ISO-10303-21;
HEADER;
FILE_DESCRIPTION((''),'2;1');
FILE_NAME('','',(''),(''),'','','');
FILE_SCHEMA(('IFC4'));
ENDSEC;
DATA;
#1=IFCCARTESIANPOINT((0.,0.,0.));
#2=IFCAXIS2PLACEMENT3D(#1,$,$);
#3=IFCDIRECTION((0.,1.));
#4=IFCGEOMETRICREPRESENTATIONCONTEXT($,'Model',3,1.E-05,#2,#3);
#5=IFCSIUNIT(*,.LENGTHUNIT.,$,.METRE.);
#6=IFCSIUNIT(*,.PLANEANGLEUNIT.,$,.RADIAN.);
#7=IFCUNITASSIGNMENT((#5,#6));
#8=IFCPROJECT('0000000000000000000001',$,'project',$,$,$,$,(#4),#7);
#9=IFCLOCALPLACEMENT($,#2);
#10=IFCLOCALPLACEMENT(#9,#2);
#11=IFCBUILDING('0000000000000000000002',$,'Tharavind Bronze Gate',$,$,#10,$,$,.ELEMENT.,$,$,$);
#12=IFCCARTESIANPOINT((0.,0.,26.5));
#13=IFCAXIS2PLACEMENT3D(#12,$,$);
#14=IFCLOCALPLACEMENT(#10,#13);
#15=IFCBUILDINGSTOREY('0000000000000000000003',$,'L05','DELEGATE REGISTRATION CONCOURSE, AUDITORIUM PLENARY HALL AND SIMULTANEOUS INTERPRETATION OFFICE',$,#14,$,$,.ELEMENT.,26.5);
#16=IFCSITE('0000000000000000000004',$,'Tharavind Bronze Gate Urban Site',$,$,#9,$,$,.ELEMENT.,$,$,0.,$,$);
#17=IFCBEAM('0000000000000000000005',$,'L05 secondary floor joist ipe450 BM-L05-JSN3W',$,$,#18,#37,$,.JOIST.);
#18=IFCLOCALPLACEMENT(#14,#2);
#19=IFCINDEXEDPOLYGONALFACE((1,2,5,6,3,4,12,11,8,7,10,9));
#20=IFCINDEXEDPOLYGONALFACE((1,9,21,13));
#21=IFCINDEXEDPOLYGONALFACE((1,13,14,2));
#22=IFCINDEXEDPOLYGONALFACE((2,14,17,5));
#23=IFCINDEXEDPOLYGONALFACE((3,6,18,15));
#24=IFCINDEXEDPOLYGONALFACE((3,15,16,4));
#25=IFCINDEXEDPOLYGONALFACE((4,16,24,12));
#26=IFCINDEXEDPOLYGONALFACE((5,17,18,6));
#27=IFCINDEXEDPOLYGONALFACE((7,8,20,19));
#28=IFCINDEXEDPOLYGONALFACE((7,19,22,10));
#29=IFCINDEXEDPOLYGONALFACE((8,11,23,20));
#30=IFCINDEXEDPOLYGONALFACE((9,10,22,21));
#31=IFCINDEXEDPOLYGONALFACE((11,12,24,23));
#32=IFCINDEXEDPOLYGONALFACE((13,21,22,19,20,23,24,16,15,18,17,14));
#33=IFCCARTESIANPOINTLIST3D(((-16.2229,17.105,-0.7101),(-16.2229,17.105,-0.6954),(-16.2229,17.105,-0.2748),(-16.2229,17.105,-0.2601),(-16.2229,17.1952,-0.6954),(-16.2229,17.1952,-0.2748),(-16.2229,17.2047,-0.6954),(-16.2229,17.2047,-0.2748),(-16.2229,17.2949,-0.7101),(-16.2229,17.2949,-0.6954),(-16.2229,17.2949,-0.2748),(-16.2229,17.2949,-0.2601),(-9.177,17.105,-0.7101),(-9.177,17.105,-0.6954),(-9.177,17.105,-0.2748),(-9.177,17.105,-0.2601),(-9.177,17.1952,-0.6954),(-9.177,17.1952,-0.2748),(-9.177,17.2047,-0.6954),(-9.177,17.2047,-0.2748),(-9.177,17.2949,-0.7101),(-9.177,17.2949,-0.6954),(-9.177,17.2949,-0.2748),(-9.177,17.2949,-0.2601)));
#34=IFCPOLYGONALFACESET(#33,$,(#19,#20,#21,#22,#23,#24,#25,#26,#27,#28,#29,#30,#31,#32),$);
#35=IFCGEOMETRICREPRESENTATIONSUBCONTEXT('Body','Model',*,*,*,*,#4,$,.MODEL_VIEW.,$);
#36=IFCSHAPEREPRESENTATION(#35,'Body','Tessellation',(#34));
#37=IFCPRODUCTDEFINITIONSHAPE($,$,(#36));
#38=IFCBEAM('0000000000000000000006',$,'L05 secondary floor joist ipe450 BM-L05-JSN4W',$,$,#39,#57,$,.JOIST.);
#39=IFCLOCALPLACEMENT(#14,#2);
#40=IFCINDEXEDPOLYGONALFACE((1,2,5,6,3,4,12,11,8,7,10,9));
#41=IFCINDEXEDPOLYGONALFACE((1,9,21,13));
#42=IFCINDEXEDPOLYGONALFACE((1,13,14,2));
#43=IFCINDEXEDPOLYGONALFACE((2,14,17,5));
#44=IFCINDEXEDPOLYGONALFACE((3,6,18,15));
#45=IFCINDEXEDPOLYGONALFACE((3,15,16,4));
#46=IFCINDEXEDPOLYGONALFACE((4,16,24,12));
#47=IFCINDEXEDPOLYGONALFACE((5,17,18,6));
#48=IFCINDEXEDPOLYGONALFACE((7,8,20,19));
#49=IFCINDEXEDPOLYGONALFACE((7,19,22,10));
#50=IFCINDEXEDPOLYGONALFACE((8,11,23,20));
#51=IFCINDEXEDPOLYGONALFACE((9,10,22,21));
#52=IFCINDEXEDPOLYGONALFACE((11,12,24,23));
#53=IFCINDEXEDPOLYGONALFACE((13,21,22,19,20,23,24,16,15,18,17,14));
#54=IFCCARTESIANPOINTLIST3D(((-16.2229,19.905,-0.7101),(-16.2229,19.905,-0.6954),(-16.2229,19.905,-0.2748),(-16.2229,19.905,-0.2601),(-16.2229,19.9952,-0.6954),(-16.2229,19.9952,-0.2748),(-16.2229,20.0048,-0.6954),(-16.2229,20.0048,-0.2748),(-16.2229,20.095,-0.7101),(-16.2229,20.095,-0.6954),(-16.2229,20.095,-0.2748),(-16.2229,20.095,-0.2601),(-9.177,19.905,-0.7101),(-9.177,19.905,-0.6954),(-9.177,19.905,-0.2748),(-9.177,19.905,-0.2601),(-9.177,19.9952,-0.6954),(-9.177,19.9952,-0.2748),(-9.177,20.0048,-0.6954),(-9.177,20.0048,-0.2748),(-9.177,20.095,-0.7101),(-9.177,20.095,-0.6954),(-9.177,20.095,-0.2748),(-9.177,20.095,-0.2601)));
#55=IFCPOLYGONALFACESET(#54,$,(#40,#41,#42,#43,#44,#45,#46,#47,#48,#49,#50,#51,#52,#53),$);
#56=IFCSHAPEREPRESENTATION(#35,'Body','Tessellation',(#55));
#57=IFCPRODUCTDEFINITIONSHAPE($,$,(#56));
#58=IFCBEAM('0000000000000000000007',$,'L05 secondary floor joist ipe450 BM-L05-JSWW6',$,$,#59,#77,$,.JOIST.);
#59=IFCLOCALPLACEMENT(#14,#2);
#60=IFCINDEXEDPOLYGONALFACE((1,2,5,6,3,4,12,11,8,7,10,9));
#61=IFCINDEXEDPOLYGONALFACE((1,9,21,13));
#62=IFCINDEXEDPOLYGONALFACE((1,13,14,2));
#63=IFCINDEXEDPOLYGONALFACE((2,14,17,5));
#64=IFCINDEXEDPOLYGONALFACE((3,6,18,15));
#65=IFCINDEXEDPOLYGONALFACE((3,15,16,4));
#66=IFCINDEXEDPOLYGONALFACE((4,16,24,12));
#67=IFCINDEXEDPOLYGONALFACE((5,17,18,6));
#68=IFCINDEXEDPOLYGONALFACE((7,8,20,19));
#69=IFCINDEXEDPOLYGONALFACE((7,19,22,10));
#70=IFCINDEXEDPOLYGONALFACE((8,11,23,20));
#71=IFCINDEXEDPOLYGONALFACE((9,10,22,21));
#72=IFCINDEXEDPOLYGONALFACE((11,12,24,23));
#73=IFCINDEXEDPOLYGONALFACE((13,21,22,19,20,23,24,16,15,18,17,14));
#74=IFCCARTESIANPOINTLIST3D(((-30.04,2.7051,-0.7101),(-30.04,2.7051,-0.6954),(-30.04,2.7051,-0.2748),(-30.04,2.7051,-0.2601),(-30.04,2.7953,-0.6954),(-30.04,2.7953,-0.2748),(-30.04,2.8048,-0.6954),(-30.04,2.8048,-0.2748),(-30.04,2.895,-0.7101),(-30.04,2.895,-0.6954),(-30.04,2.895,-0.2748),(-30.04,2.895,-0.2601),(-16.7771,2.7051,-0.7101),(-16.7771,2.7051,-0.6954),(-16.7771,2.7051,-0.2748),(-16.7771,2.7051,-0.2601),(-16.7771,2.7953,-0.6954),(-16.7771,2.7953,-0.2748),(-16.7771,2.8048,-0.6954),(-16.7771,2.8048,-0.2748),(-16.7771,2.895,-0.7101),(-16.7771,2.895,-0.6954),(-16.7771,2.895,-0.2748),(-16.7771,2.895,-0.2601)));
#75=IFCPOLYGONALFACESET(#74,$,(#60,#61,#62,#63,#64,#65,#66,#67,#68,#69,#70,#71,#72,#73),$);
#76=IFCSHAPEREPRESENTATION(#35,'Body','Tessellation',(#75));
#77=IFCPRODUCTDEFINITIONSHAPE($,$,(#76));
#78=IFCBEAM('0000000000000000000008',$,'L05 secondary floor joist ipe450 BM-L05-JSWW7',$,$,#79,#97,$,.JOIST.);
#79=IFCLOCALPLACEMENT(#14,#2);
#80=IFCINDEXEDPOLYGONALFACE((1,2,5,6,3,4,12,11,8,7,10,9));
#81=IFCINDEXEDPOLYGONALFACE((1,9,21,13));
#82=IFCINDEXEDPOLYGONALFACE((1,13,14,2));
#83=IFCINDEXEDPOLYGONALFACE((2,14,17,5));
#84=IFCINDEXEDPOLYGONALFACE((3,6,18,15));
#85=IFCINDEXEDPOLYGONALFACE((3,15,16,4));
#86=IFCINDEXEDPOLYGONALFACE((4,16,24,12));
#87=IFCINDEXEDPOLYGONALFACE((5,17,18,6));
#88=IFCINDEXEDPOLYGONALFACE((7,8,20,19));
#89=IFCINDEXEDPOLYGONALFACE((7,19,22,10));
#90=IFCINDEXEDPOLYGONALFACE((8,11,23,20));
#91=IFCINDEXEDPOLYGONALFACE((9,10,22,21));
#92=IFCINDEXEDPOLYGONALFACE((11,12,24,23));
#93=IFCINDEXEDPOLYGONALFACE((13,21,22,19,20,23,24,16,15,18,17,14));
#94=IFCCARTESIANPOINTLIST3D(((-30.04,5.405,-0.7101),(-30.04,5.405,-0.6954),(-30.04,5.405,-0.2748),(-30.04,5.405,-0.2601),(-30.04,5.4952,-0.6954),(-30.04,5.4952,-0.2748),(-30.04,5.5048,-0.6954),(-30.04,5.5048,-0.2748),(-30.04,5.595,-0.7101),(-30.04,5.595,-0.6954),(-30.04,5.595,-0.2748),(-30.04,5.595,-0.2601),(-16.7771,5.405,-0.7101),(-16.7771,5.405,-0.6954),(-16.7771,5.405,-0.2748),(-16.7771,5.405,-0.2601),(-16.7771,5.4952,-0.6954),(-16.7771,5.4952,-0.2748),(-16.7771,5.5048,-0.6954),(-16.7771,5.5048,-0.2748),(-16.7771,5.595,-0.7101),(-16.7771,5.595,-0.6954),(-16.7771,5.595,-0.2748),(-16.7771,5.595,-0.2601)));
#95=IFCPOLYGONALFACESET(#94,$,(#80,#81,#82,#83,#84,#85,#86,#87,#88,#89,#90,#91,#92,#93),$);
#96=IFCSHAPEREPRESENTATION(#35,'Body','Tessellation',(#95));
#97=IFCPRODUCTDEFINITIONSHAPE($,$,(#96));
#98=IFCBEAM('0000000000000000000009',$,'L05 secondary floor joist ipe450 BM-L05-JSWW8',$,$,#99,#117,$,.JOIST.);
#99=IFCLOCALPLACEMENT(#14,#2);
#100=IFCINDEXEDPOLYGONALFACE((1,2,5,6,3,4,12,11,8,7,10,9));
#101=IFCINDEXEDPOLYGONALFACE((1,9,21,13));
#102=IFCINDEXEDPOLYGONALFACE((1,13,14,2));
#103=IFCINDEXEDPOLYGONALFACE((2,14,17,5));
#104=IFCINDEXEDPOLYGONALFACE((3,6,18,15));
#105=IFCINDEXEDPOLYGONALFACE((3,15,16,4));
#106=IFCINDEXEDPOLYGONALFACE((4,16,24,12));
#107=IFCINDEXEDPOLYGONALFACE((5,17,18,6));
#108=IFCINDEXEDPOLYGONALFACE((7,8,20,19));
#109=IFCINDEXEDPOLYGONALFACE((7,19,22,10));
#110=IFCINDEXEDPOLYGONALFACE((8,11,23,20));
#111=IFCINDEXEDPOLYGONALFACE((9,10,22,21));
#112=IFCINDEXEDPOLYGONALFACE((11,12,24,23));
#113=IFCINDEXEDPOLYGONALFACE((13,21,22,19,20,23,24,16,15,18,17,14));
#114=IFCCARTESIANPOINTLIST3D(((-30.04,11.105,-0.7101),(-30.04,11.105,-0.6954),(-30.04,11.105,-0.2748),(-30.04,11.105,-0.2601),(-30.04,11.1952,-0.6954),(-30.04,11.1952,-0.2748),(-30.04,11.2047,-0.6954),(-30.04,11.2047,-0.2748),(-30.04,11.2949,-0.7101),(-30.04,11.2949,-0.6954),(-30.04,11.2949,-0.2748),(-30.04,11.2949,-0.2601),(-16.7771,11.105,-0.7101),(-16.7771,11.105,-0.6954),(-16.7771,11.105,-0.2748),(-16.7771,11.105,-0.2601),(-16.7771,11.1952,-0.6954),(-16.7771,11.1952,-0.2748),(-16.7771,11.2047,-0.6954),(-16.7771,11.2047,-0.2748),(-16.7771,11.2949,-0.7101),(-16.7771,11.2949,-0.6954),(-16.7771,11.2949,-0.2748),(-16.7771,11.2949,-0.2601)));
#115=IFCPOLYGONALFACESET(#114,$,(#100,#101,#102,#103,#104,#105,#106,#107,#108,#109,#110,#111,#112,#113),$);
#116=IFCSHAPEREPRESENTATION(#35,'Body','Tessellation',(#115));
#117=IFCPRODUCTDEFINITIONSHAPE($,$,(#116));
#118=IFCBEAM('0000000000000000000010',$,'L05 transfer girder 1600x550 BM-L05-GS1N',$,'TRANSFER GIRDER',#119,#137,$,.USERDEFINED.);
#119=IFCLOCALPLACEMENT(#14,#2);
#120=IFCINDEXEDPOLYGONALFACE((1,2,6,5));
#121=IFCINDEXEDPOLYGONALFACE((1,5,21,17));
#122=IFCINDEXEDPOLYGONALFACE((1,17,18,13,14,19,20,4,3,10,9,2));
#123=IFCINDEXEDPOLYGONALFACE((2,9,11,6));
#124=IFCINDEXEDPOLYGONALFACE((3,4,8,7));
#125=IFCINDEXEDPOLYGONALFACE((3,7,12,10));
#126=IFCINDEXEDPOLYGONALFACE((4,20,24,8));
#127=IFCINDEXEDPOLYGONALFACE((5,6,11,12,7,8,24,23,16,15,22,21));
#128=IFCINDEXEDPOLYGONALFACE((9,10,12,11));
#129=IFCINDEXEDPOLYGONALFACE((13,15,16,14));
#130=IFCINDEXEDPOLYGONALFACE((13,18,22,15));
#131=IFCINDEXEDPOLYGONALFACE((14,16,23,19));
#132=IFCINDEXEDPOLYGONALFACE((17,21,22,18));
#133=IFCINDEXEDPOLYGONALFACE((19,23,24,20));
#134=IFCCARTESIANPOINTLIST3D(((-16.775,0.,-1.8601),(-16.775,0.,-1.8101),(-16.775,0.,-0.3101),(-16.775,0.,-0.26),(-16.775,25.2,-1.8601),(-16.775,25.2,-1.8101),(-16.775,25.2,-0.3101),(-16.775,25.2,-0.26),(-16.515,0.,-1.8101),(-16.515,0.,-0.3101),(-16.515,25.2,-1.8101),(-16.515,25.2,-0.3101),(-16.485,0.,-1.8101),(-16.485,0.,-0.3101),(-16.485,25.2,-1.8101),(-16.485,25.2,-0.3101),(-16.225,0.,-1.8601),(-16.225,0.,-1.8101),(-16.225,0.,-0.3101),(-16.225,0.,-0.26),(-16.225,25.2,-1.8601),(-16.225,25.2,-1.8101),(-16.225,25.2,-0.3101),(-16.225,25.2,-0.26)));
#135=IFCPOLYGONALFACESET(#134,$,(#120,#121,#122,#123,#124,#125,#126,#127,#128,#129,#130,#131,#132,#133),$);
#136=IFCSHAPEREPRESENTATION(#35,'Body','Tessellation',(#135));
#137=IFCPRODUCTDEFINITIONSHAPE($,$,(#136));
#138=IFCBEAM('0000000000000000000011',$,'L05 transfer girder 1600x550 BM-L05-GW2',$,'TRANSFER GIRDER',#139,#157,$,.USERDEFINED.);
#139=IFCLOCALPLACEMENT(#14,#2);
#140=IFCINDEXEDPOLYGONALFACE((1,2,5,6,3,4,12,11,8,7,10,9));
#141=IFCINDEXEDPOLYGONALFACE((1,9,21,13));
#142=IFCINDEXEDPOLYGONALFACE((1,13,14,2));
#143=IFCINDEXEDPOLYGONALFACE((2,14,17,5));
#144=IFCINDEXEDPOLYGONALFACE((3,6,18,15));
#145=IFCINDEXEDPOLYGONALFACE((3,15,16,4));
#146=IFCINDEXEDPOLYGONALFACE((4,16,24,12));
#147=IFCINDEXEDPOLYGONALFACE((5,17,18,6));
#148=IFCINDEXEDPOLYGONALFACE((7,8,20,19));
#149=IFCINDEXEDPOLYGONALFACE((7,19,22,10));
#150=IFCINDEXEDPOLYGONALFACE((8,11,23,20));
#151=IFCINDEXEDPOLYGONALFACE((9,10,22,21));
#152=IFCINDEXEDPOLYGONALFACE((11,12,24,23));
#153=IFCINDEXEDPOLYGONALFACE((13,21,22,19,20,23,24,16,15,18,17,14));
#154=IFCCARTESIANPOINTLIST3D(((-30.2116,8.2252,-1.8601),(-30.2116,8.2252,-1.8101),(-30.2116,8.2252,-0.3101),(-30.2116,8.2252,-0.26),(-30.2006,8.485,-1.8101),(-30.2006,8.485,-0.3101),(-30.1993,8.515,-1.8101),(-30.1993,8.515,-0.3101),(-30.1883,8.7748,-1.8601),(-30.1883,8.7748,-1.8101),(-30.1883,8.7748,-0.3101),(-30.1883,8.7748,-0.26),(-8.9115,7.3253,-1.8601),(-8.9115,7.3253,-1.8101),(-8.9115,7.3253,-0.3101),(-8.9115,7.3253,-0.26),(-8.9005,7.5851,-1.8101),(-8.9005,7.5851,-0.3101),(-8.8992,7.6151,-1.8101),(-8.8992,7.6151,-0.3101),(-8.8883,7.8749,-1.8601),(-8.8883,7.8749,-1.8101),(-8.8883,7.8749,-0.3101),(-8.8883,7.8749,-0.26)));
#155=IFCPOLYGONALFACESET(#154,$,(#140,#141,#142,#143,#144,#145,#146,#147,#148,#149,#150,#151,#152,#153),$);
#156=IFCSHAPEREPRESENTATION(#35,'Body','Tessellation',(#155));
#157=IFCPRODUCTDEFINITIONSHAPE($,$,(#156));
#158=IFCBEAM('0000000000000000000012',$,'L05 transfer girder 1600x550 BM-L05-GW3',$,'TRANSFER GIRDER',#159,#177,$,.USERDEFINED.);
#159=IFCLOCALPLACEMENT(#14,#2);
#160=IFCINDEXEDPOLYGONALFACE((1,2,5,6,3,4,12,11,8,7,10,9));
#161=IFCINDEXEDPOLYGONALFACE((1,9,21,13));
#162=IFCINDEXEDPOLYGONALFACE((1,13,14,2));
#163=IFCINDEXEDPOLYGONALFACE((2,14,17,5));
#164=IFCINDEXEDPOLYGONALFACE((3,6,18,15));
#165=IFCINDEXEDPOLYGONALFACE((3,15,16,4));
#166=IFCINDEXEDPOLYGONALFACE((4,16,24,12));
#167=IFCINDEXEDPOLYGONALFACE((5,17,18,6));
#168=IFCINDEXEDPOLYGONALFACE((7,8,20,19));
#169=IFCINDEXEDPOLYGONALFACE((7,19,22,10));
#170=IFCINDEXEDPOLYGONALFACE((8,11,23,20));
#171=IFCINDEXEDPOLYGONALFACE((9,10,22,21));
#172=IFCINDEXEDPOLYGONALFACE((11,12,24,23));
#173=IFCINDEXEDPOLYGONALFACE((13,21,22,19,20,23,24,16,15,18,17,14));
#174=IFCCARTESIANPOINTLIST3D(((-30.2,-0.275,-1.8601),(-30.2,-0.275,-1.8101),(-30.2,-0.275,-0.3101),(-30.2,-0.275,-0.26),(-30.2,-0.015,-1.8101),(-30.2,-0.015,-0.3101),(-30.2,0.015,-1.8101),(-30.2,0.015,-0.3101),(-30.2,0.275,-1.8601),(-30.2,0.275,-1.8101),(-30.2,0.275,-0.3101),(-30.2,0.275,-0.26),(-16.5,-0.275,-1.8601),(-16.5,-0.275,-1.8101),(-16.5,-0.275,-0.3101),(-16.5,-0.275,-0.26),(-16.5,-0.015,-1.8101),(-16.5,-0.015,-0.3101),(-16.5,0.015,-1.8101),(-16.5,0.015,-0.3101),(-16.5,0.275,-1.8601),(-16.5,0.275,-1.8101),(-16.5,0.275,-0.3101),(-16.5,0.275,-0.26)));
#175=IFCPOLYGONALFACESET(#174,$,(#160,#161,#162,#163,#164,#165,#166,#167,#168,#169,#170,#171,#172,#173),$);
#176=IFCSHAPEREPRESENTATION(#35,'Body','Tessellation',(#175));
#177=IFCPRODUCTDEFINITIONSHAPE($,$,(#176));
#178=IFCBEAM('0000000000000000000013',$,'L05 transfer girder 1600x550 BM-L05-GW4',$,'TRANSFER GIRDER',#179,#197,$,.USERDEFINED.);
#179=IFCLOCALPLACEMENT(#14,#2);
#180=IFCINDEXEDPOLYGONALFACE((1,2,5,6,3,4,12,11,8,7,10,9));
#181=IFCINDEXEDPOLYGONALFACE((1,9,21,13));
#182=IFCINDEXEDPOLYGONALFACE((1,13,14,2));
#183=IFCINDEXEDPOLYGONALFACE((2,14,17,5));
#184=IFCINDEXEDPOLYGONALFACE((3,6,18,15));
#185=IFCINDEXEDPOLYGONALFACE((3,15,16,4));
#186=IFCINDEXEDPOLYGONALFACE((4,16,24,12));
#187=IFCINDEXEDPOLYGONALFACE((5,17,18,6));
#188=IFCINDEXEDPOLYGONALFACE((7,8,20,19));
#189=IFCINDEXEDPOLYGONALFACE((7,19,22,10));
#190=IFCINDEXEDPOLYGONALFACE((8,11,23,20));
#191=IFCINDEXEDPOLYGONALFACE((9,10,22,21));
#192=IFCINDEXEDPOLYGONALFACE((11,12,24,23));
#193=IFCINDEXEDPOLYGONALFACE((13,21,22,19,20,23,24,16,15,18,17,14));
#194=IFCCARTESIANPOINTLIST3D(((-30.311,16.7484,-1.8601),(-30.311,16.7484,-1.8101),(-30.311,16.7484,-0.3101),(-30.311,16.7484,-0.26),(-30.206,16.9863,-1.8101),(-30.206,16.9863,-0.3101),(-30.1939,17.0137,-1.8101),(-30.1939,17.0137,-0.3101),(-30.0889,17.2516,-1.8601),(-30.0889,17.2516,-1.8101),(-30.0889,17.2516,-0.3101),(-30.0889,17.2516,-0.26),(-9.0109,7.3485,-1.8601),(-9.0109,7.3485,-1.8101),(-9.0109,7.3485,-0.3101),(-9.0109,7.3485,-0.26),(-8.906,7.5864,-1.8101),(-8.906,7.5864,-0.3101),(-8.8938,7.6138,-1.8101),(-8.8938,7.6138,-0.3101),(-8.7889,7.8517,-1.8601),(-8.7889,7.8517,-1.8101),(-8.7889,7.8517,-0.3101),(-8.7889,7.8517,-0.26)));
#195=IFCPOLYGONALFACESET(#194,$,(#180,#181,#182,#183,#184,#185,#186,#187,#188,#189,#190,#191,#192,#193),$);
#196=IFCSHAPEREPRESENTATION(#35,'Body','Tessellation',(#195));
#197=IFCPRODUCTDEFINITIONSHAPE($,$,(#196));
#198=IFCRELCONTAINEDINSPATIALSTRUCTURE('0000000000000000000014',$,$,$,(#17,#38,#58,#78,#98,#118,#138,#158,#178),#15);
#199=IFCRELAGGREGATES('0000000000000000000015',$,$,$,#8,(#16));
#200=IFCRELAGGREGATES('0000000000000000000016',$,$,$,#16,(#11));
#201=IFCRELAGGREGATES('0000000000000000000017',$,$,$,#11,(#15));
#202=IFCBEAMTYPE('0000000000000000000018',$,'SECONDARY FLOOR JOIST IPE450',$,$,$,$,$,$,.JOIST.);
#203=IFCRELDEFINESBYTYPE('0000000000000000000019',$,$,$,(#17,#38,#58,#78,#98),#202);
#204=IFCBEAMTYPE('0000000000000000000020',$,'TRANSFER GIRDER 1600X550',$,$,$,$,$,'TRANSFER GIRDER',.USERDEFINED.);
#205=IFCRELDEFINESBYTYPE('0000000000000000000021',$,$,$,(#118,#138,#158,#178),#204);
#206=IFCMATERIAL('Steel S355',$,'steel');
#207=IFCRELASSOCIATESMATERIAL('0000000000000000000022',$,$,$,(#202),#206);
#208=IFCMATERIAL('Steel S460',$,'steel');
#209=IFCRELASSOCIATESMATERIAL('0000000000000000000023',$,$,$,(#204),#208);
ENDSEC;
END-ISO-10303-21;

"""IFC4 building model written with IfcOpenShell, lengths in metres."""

from ifc_helpers import new_model, si_unit, direction, frame, origin, origin_2d, place, context, subcontext, project, spatial, i_section, extrude, material, material_profile, profile_set, type_object, element, save


model = new_model("IFC4")

# Units and contexts
model_context = context("Model", 3, precision=1e-05, world=origin(), true_north=direction((0.0, 1.0)))
body_context = subcontext(model_context, "Body", "Model", "MODEL_VIEW")
ifc_project = project(units=[si_unit("LENGTHUNIT", "METRE"), si_unit("PLANEANGLEUNIT", "RADIAN")], contexts=[model_context])

# Site, building, storey
site_placement = place(None, origin())
site = spatial("IfcSite", under=ifc_project, at=site_placement, Name="Tharavind Bronze Gate Urban Site", CompositionType="ELEMENT", RefElevation=0.0)
building_placement = place(site_placement, origin())
building = spatial("IfcBuilding", under=site, at=building_placement, Name="Tharavind Bronze Gate", CompositionType="ELEMENT")
storey_placement = place(building_placement, frame((0.0, 0.0, 26.5)))
storey = spatial("IfcBuildingStorey", under=building, at=storey_placement, Name="L05", Description="DELEGATE REGISTRATION CONCOURSE, AUDITORIUM PLENARY HALL AND SIMULTANEOUS INTERPRETATION OFFICE", CompositionType="ELEMENT", Elevation=26.5)

# Shared definitions
ifc_material_1 = material(Name="Steel S460", Category="steel")

# Beams
ifc_material_2 = material(Name="Steel S355", Category="steel")
ifc_material_profile_1 = material_profile(ifc_material_2, i_section(OverallWidth=0.1899, OverallDepth=0.45, WebThickness=0.0095, FlangeThickness=0.0146, at=origin_2d()), Name="IPE450")
ifc_profile_set_1 = profile_set([ifc_material_profile_1], Name="Steel S355")
beam_type_1 = type_object("IfcBeamType", Name="SECONDARY FLOOR JOIST IPE450", PredefinedType="JOIST", material=ifc_profile_set_1)
for number, where, z_axis, x_axis, name in (
    (1, (-16.2229, 17.2, -0.4851), (1.0, 0.0, 0.0), (0.0, 1.0, 0.0), "L05 secondary floor joist ipe450 BM-L05-JSN3W"),
    (2, (-16.2229, 20.0, -0.4851), (1.0, 0.0, 0.0), (0.0, 1.0, 0.0), "L05 secondary floor joist ipe450 BM-L05-JSN4W"),
):
    element("IfcBeam", number, at=place(storey_placement, frame(where, z_axis=z_axis, x_axis=x_axis)), inside=storey, type_object=beam_type_1, Name=name, PredefinedType="JOIST", context=body_context, shape_type="SweptSolid", body=[
        extrude(i_section(OverallWidth=0.1899, OverallDepth=0.45, WebThickness=0.0095, FlangeThickness=0.0146, at=origin_2d()), origin(), (0.0, 0.0, 1.0), 7.0459),
    ])
for number, where, z_axis, x_axis, name in (
    (3, (-30.04, 2.8, -0.4851), (1.0, 0.0, 0.0), (0.0, 1.0, 0.0), "L05 secondary floor joist ipe450 BM-L05-JSWW6"),
    (4, (-30.04, 5.5, -0.4851), (1.0, 0.0, 0.0), (0.0, 1.0, 0.0), "L05 secondary floor joist ipe450 BM-L05-JSWW7"),
    (5, (-30.04, 11.2, -0.4851), (1.0, 0.0, 0.0), (0.0, 1.0, 0.0), "L05 secondary floor joist ipe450 BM-L05-JSWW8"),
):
    element("IfcBeam", number, at=place(storey_placement, frame(where, z_axis=z_axis, x_axis=x_axis)), inside=storey, type_object=beam_type_1, Name=name, PredefinedType="JOIST", context=body_context, shape_type="SweptSolid", body=[
        extrude(i_section(OverallWidth=0.1899, OverallDepth=0.45, WebThickness=0.0095, FlangeThickness=0.0146, at=origin_2d()), origin(), (0.0, 0.0, 1.0), 13.2629),
    ])
ifc_material_profile_2 = material_profile(ifc_material_1, i_section(OverallWidth=0.55, OverallDepth=1.6001, WebThickness=0.03, FlangeThickness=0.05, at=origin_2d()), Name="PG1600X550")
ifc_profile_set_2 = profile_set([ifc_material_profile_2], Name="Steel S460")
beam_type_2 = type_object("IfcBeamType", Name="TRANSFER GIRDER 1600X550", ElementType="TRANSFER GIRDER", PredefinedType="USERDEFINED", material=ifc_profile_set_2)
beam_1_placement = place(storey_placement, frame((-16.5, 0.0, -1.0601), z_axis=(0.0, 1.0, 0.0), x_axis=(-1.0, 0.0, 0.0)))
element("IfcBeam", 6, at=beam_1_placement, inside=storey, type_object=beam_type_2, Name="L05 transfer girder 1600x550 BM-L05-GS1N", ObjectType="TRANSFER GIRDER", PredefinedType="USERDEFINED", context=body_context, shape_type="SweptSolid", body=[
    extrude(i_section(OverallWidth=0.55, OverallDepth=1.6001, WebThickness=0.03, FlangeThickness=0.05, at=origin_2d()), origin(), (0.0, 0.0, 1.0), 25.2),
])
beam_2_placement = place(storey_placement, frame((-30.2, 8.5, -1.0601), z_axis=(0.999109, -0.042211, 0.0), x_axis=(0.042211, 0.999109, 0.0)))
element("IfcBeam", 7, at=beam_2_placement, inside=storey, type_object=beam_type_2, Name="L05 transfer girder 1600x550 BM-L05-GW2", ObjectType="TRANSFER GIRDER", PredefinedType="USERDEFINED", context=body_context, shape_type="SweptSolid", body=[
    extrude(i_section(OverallWidth=0.55, OverallDepth=1.6001, WebThickness=0.03, FlangeThickness=0.05, at=origin_2d()), origin(), (0.0, 0.0, 1.0), 21.3191),
])
beam_3_placement = place(storey_placement, frame((-30.2, 0.0, -1.0601), z_axis=(1.0, 0.0, 0.0), x_axis=(0.0, 1.0, 0.0)))
element("IfcBeam", 8, at=beam_3_placement, inside=storey, type_object=beam_type_2, Name="L05 transfer girder 1600x550 BM-L05-GW3", ObjectType="TRANSFER GIRDER", PredefinedType="USERDEFINED", context=body_context, shape_type="SweptSolid", body=[
    extrude(i_section(OverallWidth=0.55, OverallDepth=1.6001, WebThickness=0.03, FlangeThickness=0.05, at=origin_2d()), origin(), (0.0, 0.0, 1.0), 13.7),
])
beam_4_placement = place(storey_placement, frame((-30.2, 17.0, -1.0601), z_axis=(0.914873, -0.403742, 0.0), x_axis=(0.403742, 0.914873, 0.0)))
element("IfcBeam", 9, at=beam_4_placement, inside=storey, type_object=beam_type_2, Name="L05 transfer girder 1600x550 BM-L05-GW4", ObjectType="TRANSFER GIRDER", PredefinedType="USERDEFINED", context=body_context, shape_type="SweptSolid", body=[
    extrude(i_section(OverallWidth=0.55, OverallDepth=1.6001, WebThickness=0.03, FlangeThickness=0.05, at=origin_2d()), origin(), (0.0, 0.0, 1.0), 23.282),
])

save(model, "model.ifc")
